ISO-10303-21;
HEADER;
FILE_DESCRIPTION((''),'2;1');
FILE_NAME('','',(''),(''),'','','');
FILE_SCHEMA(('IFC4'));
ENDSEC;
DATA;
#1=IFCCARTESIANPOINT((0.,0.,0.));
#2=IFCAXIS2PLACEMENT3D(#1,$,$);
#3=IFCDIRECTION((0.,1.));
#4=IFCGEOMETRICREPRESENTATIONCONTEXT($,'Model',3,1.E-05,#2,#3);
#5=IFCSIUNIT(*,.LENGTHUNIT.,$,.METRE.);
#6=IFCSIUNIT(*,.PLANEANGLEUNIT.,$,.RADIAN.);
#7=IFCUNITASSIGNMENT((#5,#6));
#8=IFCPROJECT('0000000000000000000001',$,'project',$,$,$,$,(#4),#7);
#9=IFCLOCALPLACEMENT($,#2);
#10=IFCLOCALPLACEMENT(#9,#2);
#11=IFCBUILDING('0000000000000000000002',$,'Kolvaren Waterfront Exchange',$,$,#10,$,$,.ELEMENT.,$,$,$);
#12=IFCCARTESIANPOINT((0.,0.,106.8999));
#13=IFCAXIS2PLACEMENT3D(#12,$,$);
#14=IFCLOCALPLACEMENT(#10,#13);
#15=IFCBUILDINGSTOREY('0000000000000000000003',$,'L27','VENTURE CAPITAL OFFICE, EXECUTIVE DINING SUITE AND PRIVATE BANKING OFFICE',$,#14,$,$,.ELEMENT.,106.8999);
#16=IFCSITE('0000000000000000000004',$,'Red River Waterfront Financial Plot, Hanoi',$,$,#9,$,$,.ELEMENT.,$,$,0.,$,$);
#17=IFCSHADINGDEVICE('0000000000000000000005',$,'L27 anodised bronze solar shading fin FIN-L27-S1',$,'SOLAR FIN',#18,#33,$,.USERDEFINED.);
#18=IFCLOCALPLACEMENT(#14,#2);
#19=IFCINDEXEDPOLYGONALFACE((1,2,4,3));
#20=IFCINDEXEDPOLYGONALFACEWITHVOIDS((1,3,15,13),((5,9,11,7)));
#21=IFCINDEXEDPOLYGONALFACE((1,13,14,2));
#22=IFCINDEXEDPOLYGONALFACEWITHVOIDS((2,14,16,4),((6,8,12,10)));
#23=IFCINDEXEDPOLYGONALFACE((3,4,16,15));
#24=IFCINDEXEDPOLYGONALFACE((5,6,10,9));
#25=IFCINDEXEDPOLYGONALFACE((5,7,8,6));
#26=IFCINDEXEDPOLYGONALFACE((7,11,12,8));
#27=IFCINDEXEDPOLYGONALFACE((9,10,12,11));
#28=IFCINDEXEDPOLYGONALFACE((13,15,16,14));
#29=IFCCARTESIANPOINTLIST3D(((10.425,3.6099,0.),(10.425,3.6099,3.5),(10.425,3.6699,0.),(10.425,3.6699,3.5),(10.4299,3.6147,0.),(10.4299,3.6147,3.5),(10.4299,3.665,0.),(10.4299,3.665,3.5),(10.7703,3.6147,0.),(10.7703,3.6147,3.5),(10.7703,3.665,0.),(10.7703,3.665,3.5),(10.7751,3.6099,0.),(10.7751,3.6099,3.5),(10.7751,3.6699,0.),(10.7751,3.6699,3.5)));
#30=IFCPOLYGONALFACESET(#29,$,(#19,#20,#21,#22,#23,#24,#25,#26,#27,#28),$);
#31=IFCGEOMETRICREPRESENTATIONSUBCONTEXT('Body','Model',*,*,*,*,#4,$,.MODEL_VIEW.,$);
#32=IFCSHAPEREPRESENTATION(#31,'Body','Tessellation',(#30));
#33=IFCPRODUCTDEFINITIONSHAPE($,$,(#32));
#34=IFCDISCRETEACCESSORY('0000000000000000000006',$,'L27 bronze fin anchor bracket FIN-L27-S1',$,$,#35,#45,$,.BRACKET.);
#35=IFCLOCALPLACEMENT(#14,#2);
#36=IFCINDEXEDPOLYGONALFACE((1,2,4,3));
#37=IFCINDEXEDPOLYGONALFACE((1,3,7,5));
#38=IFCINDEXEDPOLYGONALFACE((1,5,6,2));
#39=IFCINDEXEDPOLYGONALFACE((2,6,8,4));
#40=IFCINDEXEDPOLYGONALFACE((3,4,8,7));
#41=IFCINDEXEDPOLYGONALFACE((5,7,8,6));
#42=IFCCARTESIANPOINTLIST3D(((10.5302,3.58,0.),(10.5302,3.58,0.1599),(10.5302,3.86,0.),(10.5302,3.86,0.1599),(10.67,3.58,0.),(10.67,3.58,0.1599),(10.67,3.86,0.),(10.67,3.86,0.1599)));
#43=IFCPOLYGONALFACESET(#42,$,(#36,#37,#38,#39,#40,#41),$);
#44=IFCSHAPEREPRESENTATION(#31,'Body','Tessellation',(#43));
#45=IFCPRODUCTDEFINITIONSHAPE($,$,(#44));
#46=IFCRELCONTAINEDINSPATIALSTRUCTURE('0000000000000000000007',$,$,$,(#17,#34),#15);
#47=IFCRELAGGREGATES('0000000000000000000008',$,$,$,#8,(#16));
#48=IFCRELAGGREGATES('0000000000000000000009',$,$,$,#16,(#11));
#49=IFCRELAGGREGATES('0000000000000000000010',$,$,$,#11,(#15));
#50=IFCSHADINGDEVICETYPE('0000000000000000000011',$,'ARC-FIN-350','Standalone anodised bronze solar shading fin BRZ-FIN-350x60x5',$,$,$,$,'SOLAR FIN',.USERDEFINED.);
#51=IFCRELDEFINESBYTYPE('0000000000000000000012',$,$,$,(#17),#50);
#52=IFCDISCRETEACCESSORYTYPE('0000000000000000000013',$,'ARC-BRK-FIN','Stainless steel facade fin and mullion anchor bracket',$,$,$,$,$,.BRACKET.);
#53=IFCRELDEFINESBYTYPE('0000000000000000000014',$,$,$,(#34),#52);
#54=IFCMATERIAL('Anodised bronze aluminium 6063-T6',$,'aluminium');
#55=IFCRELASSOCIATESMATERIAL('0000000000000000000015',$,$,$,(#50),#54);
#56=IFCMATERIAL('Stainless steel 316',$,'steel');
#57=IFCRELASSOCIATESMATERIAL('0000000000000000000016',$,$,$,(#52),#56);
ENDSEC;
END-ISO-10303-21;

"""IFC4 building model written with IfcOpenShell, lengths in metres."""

from ifc_helpers import new_model, si_unit, direction, frame, origin, origin_with_axes, origin_2d, place, context, subcontext, project, spatial, rectangle, hollow_rectangle, extrude, source, transform, mapped, material, material_profile, profile_set, type_object, element, save


model = new_model("IFC4")

# Units and contexts
model_context = context("Model", 3, precision=1e-05, world=origin(), true_north=direction((0.0, 1.0)))
body_context = subcontext(model_context, "Body", "Model", "MODEL_VIEW")
ifc_project = project(units=[si_unit("LENGTHUNIT", "METRE"), si_unit("PLANEANGLEUNIT", "RADIAN")], contexts=[model_context])

# Site, building, storey
site_placement = place(None, origin())
site = spatial("IfcSite", under=ifc_project, at=site_placement, Name="Red River Waterfront Financial Plot, Hanoi", CompositionType="ELEMENT", RefElevation=0.0)
building_placement = place(site_placement, origin())
building = spatial("IfcBuilding", under=site, at=building_placement, Name="Kolvaren Waterfront Exchange", CompositionType="ELEMENT")
storey_placement = place(building_placement, frame((0.0, 0.0, 106.8999)))
storey = spatial("IfcBuildingStorey", under=building, at=storey_placement, Name="L27", Description="VENTURE CAPITAL OFFICE, EXECUTIVE DINING SUITE AND PRIVATE BANKING OFFICE", CompositionType="ELEMENT", Elevation=106.8999)

# Shared definitions
ifc_material_1 = material(Name="Anodised bronze aluminium 6063-T6", Category="aluminium")

# Shading device
ifc_material_profile_1 = material_profile(ifc_material_1, hollow_rectangle(XDim=0.0601, YDim=0.3501, WallThickness=0.0049, at=origin_2d()), Name="BRZ-FIN-350x60x5")
ifc_profile_set_1 = profile_set([ifc_material_profile_1], Name="Anodised bronze aluminium 6063-T6")
shading_device_type = type_object("IfcShadingDeviceType", Name="ARC-FIN-350", Description="Standalone anodised bronze solar shading fin BRZ-FIN-350x60x5", ElementType="SOLAR FIN", PredefinedType="USERDEFINED", material=ifc_profile_set_1)
shading_device_placement = place(storey_placement, frame((10.6001, 3.6399, 0.0), z_axis=(0.0, 0.0, 1.0), x_axis=(0.0, -1.0, 0.0)))
element("IfcShadingDevice", 1, at=shading_device_placement, inside=storey, type_object=shading_device_type, Name="L27 anodised bronze solar shading fin FIN-L27-S1", ObjectType="SOLAR FIN", PredefinedType="USERDEFINED", context=body_context, shape_type="SweptSolid", body=[
    extrude(hollow_rectangle(XDim=0.0601, YDim=0.3501, WallThickness=0.0049, at=origin_2d()), origin(), (0.0, 0.0, 1.0), 3.5),
])

# Discrete accessory
ifc_material_2 = material(Name="Stainless steel 316", Category="steel")
discrete_accessory_type = type_object("IfcDiscreteAccessoryType", Name="ARC-BRK-FIN", Description="Stainless steel facade fin and mullion anchor bracket", PredefinedType="BRACKET", material=ifc_material_2)
shared_shape_1 = source(origin_with_axes(), body_context, "Body", "SweptSolid", [
    extrude(rectangle(XDim=0.28, YDim=0.1399, at=origin_2d()), origin(), (0.0, 0.0, 1.0), 0.1599),
])
discrete_accessory_placement = place(storey_placement, frame((10.6001, 3.72, 0.0), z_axis=(0.0, 0.0, 1.0), x_axis=(0.0, -1.0, 0.0)))
element("IfcDiscreteAccessory", 2, at=discrete_accessory_placement, inside=storey, type_object=discrete_accessory_type, Name="L27 bronze fin anchor bracket FIN-L27-S1", PredefinedType="BRACKET", context=body_context, shape_type="MappedRepresentation", body=[
    mapped(shared_shape_1, transform((0.0, 0.0, 0.0), x_axis=(1.0, 0.0, 0.0), y_axis=(0.0, 1.0, 0.0), z_axis=(0.0, 0.0, 1.0), scale=1.0)),
])

save(model, "model.ifc")
